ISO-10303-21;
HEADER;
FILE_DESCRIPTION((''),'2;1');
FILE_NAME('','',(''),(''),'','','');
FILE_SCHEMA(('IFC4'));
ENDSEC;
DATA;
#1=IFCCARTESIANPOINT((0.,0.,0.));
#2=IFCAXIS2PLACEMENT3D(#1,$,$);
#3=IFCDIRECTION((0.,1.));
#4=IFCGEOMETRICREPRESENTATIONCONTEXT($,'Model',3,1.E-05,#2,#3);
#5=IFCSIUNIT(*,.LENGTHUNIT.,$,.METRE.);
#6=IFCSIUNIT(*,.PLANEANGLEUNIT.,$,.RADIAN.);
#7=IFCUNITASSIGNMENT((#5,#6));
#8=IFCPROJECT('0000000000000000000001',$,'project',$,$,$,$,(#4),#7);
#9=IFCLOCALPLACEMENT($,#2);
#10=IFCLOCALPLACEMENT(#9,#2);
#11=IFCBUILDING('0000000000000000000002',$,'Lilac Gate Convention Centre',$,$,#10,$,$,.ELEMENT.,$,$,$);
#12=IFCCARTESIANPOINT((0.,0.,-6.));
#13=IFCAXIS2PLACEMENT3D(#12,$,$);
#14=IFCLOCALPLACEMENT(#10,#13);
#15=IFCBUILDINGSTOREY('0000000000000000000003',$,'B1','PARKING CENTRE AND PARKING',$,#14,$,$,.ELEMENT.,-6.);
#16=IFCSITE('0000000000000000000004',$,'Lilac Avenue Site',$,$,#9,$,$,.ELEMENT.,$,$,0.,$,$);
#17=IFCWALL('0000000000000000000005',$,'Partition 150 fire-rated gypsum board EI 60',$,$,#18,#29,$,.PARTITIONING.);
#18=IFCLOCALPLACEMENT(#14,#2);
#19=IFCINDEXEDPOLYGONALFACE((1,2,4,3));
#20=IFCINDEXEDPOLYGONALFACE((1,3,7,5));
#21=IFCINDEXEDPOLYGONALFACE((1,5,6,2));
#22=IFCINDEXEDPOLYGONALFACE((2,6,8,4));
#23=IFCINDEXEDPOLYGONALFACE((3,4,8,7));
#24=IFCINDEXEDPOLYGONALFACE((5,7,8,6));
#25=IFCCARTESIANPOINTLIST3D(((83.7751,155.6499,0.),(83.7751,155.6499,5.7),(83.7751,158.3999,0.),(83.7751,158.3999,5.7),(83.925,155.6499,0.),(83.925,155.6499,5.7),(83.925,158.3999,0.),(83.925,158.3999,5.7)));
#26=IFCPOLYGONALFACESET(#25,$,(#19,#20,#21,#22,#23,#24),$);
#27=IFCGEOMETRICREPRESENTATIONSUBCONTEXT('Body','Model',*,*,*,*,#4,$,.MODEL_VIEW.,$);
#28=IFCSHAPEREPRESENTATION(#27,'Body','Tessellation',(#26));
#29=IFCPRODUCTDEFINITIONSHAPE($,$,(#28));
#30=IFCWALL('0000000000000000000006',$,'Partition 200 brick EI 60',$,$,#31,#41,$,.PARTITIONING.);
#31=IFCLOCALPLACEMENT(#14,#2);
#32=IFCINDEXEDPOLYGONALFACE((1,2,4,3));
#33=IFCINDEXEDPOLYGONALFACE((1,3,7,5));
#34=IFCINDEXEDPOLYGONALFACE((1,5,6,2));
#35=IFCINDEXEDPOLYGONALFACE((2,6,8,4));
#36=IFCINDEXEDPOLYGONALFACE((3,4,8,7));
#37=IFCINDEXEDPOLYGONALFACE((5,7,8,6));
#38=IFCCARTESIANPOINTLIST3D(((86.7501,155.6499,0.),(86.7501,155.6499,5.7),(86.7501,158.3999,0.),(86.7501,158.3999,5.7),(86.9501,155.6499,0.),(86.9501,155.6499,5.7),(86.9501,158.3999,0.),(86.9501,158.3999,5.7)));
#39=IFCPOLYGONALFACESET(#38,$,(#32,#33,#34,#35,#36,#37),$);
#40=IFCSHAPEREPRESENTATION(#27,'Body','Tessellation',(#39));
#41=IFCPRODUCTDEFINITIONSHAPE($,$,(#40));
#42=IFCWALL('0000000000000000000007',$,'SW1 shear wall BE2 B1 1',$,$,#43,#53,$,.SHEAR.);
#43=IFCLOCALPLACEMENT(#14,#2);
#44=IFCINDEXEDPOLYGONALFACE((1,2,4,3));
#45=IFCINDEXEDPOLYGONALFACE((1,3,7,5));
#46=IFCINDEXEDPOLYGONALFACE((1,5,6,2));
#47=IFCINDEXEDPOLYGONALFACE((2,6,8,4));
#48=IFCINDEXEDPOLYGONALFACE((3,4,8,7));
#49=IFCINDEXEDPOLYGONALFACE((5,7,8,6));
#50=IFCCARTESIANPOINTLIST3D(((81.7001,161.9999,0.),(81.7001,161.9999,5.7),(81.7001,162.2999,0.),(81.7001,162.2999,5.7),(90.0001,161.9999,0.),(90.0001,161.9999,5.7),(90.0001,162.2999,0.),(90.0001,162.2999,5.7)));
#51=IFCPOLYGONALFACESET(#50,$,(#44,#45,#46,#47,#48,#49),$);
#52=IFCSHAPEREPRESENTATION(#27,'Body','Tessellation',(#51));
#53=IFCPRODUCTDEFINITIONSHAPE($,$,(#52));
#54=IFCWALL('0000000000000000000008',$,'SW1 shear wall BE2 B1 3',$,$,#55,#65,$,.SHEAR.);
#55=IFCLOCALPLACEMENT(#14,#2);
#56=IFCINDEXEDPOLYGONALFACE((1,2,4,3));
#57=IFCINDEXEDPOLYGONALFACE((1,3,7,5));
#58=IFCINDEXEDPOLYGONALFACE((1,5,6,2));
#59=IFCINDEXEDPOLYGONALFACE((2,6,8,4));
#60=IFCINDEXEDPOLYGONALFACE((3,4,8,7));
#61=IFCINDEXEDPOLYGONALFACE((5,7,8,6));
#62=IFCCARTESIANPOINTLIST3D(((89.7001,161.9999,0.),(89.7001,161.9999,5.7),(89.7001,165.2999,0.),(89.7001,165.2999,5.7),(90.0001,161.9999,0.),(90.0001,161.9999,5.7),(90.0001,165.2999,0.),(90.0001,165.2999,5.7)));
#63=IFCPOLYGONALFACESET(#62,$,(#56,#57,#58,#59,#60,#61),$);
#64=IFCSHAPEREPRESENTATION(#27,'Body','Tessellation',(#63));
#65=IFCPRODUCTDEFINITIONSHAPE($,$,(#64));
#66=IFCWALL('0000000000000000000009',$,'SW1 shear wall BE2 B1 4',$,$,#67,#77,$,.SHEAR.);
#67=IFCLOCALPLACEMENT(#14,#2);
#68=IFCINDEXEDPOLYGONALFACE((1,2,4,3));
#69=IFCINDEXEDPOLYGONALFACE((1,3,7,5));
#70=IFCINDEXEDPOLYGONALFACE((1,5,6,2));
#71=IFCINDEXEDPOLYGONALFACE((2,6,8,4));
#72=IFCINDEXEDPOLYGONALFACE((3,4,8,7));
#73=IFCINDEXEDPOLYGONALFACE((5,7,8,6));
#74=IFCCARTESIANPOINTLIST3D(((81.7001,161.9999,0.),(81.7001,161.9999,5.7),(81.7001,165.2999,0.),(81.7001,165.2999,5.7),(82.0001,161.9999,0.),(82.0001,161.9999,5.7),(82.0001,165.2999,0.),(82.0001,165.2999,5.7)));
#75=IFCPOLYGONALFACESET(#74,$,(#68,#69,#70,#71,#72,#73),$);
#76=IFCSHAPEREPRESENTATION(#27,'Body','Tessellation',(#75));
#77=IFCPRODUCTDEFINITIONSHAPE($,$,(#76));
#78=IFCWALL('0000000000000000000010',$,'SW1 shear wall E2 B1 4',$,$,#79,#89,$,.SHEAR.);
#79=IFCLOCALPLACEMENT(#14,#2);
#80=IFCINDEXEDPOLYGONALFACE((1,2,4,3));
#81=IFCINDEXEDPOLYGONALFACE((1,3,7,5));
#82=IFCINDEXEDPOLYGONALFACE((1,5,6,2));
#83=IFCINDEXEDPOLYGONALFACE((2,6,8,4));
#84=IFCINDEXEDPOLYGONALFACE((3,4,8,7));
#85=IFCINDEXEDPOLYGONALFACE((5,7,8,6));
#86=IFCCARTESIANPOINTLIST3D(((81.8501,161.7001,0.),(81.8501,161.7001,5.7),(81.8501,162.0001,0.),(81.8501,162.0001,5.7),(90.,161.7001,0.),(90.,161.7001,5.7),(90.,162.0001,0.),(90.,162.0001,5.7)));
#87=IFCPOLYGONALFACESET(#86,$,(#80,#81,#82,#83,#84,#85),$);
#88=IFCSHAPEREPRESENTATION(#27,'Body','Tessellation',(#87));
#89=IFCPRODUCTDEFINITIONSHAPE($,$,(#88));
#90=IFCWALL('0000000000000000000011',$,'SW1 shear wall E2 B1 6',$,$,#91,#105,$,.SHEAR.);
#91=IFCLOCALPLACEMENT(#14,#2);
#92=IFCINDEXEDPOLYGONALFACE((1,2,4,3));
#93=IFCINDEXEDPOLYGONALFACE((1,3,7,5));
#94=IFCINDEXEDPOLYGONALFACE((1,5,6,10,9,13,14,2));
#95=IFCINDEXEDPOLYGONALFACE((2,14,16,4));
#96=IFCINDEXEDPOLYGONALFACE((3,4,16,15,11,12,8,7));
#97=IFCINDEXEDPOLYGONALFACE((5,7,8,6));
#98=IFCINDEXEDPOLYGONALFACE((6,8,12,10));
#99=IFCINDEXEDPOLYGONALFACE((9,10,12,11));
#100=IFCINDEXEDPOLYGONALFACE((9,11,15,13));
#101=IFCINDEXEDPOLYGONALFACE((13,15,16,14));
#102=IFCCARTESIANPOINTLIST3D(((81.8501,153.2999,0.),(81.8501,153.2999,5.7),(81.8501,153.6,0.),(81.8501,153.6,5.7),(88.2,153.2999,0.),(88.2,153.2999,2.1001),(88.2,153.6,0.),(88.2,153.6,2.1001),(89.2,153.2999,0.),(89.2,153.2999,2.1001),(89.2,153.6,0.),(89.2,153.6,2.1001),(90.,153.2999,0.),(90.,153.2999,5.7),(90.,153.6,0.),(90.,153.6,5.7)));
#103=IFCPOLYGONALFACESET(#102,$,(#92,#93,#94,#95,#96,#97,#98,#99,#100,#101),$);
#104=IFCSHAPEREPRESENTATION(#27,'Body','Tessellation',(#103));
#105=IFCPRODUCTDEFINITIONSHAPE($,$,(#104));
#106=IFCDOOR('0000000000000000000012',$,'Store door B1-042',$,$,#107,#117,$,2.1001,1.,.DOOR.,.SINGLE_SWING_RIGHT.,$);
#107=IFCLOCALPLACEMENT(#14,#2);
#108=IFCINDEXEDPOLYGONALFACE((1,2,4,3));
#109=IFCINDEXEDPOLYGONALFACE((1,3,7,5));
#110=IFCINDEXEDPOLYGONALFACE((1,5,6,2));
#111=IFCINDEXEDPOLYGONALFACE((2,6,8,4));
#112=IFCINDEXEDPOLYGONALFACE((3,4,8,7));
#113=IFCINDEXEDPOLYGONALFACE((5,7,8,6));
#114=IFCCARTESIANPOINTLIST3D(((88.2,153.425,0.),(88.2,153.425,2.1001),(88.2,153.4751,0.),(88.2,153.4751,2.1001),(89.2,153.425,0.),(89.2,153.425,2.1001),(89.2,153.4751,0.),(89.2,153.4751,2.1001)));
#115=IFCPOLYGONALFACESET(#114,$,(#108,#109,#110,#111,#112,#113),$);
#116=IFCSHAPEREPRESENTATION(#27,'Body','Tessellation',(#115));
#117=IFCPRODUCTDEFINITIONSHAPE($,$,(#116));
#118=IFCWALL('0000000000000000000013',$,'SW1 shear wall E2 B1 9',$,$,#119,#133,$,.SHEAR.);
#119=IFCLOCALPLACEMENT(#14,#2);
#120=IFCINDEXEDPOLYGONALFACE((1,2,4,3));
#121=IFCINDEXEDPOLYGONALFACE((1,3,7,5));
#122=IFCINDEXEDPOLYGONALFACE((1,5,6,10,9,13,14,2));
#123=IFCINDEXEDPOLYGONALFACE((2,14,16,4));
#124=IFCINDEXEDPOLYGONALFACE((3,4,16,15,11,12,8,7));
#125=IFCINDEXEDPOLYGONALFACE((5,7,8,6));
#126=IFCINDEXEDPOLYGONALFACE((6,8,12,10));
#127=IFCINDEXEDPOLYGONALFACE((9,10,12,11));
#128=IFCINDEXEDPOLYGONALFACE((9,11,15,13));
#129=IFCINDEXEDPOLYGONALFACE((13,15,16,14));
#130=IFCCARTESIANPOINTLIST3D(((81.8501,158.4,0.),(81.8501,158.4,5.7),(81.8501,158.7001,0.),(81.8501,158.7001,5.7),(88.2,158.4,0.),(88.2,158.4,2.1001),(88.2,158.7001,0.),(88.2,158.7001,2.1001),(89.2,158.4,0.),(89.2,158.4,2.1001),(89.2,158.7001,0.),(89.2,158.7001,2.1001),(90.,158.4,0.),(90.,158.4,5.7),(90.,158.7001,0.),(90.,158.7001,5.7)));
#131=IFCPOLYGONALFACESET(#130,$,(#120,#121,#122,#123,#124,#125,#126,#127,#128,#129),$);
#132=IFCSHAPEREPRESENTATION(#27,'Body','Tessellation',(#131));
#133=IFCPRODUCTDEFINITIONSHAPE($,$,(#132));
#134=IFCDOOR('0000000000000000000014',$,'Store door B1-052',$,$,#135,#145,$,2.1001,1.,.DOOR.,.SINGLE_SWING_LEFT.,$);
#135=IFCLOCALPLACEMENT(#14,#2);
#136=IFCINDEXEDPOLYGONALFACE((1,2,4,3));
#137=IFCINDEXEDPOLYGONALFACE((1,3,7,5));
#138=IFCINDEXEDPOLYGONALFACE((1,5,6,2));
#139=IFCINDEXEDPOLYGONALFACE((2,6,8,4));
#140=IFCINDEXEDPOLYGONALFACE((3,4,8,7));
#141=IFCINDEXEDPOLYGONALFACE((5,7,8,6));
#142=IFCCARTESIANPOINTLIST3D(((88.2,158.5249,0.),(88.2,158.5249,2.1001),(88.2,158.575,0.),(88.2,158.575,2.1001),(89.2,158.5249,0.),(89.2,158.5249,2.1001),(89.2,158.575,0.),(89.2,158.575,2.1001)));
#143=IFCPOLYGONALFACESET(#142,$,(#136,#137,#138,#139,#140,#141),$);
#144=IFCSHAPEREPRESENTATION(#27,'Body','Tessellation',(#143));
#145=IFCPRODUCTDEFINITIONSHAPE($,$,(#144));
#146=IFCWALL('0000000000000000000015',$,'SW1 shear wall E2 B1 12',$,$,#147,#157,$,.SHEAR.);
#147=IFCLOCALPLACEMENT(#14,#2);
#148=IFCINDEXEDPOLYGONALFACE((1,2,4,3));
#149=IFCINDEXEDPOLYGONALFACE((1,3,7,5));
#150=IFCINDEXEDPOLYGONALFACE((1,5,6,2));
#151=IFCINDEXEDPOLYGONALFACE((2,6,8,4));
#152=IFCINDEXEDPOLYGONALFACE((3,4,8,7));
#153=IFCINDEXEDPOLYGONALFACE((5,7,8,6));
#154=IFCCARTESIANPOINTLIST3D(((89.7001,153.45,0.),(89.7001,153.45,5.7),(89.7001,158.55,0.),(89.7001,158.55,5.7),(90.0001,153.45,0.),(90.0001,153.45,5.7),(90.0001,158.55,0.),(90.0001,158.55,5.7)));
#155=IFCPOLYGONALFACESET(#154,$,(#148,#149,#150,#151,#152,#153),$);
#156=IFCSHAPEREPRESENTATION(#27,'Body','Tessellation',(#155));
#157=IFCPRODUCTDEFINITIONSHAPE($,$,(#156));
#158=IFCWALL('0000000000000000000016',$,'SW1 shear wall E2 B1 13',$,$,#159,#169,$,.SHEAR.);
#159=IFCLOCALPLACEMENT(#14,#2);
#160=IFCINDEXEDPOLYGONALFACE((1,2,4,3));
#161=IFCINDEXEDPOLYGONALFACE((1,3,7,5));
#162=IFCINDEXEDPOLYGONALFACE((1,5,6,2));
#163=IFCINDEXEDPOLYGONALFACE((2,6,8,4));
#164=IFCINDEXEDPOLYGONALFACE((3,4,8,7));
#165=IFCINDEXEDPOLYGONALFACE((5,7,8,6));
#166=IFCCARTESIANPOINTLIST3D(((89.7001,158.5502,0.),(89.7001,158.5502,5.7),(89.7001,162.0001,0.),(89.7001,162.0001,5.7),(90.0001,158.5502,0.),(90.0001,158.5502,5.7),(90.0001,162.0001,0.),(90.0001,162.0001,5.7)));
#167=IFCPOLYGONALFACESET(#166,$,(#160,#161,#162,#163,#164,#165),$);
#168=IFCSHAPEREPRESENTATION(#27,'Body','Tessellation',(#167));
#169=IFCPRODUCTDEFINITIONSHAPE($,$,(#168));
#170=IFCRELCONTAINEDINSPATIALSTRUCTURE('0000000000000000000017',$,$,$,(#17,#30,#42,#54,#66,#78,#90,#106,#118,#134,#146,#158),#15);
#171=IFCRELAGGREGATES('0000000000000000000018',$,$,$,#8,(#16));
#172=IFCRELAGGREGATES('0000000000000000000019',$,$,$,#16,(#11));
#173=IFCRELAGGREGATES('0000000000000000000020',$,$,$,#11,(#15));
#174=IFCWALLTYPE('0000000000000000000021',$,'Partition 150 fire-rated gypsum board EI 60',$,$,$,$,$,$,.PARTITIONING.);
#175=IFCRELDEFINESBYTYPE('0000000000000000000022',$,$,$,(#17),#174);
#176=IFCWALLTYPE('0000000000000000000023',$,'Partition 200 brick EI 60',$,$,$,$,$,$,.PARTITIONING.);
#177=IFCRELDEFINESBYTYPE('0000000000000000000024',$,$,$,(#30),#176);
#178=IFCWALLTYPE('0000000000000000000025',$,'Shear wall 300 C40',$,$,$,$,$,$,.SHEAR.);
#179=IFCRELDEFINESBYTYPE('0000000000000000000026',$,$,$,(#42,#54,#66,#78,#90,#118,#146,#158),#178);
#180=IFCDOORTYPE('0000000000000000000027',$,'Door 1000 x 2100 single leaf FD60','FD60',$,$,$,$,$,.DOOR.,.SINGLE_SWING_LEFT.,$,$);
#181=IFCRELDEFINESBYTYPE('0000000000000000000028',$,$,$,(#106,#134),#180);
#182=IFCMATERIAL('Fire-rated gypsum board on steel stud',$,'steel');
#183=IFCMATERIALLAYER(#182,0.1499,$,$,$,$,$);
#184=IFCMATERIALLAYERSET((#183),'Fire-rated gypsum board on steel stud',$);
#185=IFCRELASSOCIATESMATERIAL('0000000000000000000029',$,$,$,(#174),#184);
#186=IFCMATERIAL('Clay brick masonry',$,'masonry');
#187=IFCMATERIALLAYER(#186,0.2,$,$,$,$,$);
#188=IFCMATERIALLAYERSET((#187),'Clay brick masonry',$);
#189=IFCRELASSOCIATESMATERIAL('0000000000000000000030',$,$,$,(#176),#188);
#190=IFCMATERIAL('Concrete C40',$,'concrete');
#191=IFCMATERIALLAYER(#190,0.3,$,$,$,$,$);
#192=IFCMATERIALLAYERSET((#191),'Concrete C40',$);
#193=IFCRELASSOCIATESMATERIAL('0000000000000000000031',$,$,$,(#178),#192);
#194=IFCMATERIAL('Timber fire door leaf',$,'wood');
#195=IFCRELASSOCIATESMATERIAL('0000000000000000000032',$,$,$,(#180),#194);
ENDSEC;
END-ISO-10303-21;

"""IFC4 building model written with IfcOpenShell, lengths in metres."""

from ifc_helpers import new_model, si_unit, direction, frame, frame_2d, origin, place, context, subcontext, project, spatial, rectangle, extrude, material, layer, layer_set, type_object, element, fill, save


model = new_model("IFC4")

# Units and contexts
model_context = context("Model", 3, precision=1e-05, world=origin(), true_north=direction((0.0, 1.0)))
body_context = subcontext(model_context, "Body", "Model", "MODEL_VIEW")
ifc_project = project(units=[si_unit("LENGTHUNIT", "METRE"), si_unit("PLANEANGLEUNIT", "RADIAN")], contexts=[model_context])

# Site, building, storey
site_placement = place(None, origin())
site = spatial("IfcSite", under=ifc_project, at=site_placement, Name="Lilac Avenue Site", CompositionType="ELEMENT", RefElevation=0.0)
building_placement = place(site_placement, origin())
building = spatial("IfcBuilding", under=site, at=building_placement, Name="Lilac Gate Convention Centre", CompositionType="ELEMENT")
storey_placement = place(building_placement, frame((0.0, 0.0, -6.0)))
storey = spatial("IfcBuildingStorey", under=building, at=storey_placement, Name="B1", Description="PARKING CENTRE AND PARKING", CompositionType="ELEMENT", Elevation=-6.0)

# Walls
ifc_material_1 = material(Name="Fire-rated gypsum board on steel stud", Category="steel")
ifc_layer_1 = layer(ifc_material_1, 0.1499)
ifc_layer_set_1 = layer_set([ifc_layer_1], Name="Fire-rated gypsum board on steel stud")
wall_type_1 = type_object("IfcWallType", Name="Partition 150 fire-rated gypsum board EI 60", PredefinedType="PARTITIONING", material=ifc_layer_set_1)
wall_1_placement = place(storey_placement, frame((83.8501, 155.6499, 0.0), z_axis=(0.0, 0.0, 1.0), x_axis=(0.0, 1.0, 0.0)))
element("IfcWall", 1, at=wall_1_placement, inside=storey, type_object=wall_type_1, Name="Partition 150 fire-rated gypsum board EI 60", PredefinedType="PARTITIONING", context=body_context, shape_type="SweptSolid", body=[
    extrude(rectangle(XDim=2.75, YDim=0.1499, at=frame_2d((1.375, 0.0))), origin(), (0.0, 0.0, 1.0), 5.7),
])
ifc_material_2 = material(Name="Clay brick masonry", Category="masonry")
ifc_layer_2 = layer(ifc_material_2, 0.2)
ifc_layer_set_2 = layer_set([ifc_layer_2], Name="Clay brick masonry")
wall_type_2 = type_object("IfcWallType", Name="Partition 200 brick EI 60", PredefinedType="PARTITIONING", material=ifc_layer_set_2)
wall_2_placement = place(storey_placement, frame((86.8501, 155.6499, 0.0), z_axis=(0.0, 0.0, 1.0), x_axis=(0.0, 1.0, 0.0)))
element("IfcWall", 2, at=wall_2_placement, inside=storey, type_object=wall_type_2, Name="Partition 200 brick EI 60", PredefinedType="PARTITIONING", context=body_context, shape_type="SweptSolid", body=[
    extrude(rectangle(XDim=2.75, YDim=0.2, at=frame_2d((1.375, 0.0))), origin(), (0.0, 0.0, 1.0), 5.7),
])
ifc_material_3 = material(Name="Concrete C40", Category="concrete")
ifc_layer_3 = layer(ifc_material_3, 0.3)
ifc_layer_set_3 = layer_set([ifc_layer_3], Name="Concrete C40")
wall_type_3 = type_object("IfcWallType", Name="Shear wall 300 C40", PredefinedType="SHEAR", material=ifc_layer_set_3)
wall_3_placement = place(storey_placement, frame((90.0, 162.1499, 0.0), z_axis=(0.0, 0.0, 1.0), x_axis=(-1.0, 0.0, 0.0)))
element("IfcWall", 3, at=wall_3_placement, inside=storey, type_object=wall_type_3, Name="SW1 shear wall BE2 B1 1", PredefinedType="SHEAR", context=body_context, shape_type="SweptSolid", body=[
    extrude(rectangle(XDim=8.3, YDim=0.3, at=frame_2d((4.1499, 0.0))), origin(), (0.0, 0.0, 1.0), 5.7),
])
for number, where, z_axis, x_axis, name in (
    (4, (89.8501, 162.0, 0.0), (0.0, 0.0, 1.0), (0.0, 1.0, 0.0), "SW1 shear wall BE2 B1 3"),
    (5, (81.8501, 162.0, 0.0), (0.0, 0.0, 1.0), (0.0, 1.0, 0.0), "SW1 shear wall BE2 B1 4"),
):
    element("IfcWall", number, at=place(storey_placement, frame(where, z_axis=z_axis, x_axis=x_axis)), inside=storey, type_object=wall_type_3, Name=name, PredefinedType="SHEAR", context=body_context, shape_type="SweptSolid", body=[
        extrude(rectangle(XDim=3.3, YDim=0.3, at=frame_2d((1.6499, 0.0))), origin(), (0.0, 0.0, 1.0), 5.7),
    ])
wall_4_placement = place(storey_placement, frame((90.0, 161.8501, 0.0), z_axis=(0.0, 0.0, 1.0), x_axis=(-1.0, 0.0, 0.0)))
element("IfcWall", 6, at=wall_4_placement, inside=storey, type_object=wall_type_3, Name="SW1 shear wall E2 B1 4", PredefinedType="SHEAR", context=body_context, shape_type="SweptSolid", body=[
    extrude(rectangle(XDim=8.1499, YDim=0.3, at=frame_2d((4.075, 0.0))), origin(), (0.0, 0.0, 1.0), 5.7),
])

# Walls, openings, doors
wall_5_placement = place(storey_placement, frame((90.0, 153.45, 0.0), z_axis=(0.0, 0.0, 1.0), x_axis=(-1.0, 0.0, 0.0)))
wall_5 = element("IfcWall", 7, at=wall_5_placement, inside=storey, type_object=wall_type_3, Name="SW1 shear wall E2 B1 6", PredefinedType="SHEAR", context=body_context, shape_type="SweptSolid", body=[
    extrude(rectangle(XDim=8.1499, YDim=0.3, at=frame_2d((4.075, 0.0))), origin(), (0.0, 0.0, 1.0), 5.7),
])
opening_1_placement = place(wall_5_placement, frame((0.8, 0.0, 0.0)))
opening_1 = element("IfcOpeningElement", 8, at=opening_1_placement, cuts=wall_5, PredefinedType="OPENING", context=body_context, shape_type="SweptSolid", body=[
    extrude(rectangle(XDim=1.0, YDim=2.1001, at=frame_2d((0.5, 1.05))), frame((0.0, 0.1599, 0.0), z_axis=(0.0, -1.0, 0.0), x_axis=(1.0, 0.0, 0.0)), (0.0, 0.0, 1.0), 0.3201),
])
ifc_material_4 = material(Name="Timber fire door leaf", Category="wood")
door_type = type_object("IfcDoorType", Name="Door 1000 x 2100 single leaf FD60", Description="FD60", OperationType="SINGLE_SWING_LEFT", PredefinedType="DOOR", material=ifc_material_4)
door_1_placement = place(opening_1_placement, origin())
door_1 = element("IfcDoor", 9, at=door_1_placement, inside=storey, type_object=door_type, Name="Store door B1-042", OperationType="SINGLE_SWING_RIGHT", OverallHeight=2.1001, OverallWidth=1.0, PredefinedType="DOOR", context=body_context, shape_type="SweptSolid", body=[
    extrude(rectangle(XDim=1.0, YDim=2.1001, at=frame_2d((0.5, 1.05))), frame((0.0, 0.0249, 0.0), z_axis=(0.0, -1.0, 0.0), x_axis=(1.0, 0.0, 0.0)), (0.0, 0.0, 1.0), 0.05),
])
fill(opening_1, door_1)
wall_6_placement = place(storey_placement, frame((90.0, 158.55, 0.0), z_axis=(0.0, 0.0, 1.0), x_axis=(-1.0, 0.0, 0.0)))
wall_6 = element("IfcWall", 10, at=wall_6_placement, inside=storey, type_object=wall_type_3, Name="SW1 shear wall E2 B1 9", PredefinedType="SHEAR", context=body_context, shape_type="SweptSolid", body=[
    extrude(rectangle(XDim=8.1499, YDim=0.3, at=frame_2d((4.075, 0.0))), origin(), (0.0, 0.0, 1.0), 5.7),
])
opening_2_placement = place(wall_6_placement, frame((0.8, 0.0, 0.0)))
opening_2 = element("IfcOpeningElement", 11, at=opening_2_placement, cuts=wall_6, PredefinedType="OPENING", context=body_context, shape_type="SweptSolid", body=[
    extrude(rectangle(XDim=1.0, YDim=2.1001, at=frame_2d((0.5, 1.05))), frame((0.0, 0.1599, 0.0), z_axis=(0.0, -1.0, 0.0), x_axis=(1.0, 0.0, 0.0)), (0.0, 0.0, 1.0), 0.3201),
])
door_2_placement = place(opening_2_placement, frame((1.0, 0.0, 0.0), z_axis=(0.0, 0.0, 1.0), x_axis=(-1.0, 0.0, 0.0)))
door_2 = element("IfcDoor", 12, at=door_2_placement, inside=storey, type_object=door_type, Name="Store door B1-052", OperationType="SINGLE_SWING_LEFT", OverallHeight=2.1001, OverallWidth=1.0, PredefinedType="DOOR", context=body_context, shape_type="SweptSolid", body=[
    extrude(rectangle(XDim=1.0, YDim=2.1001, at=frame_2d((0.5, 1.05))), frame((0.0, 0.0249, 0.0), z_axis=(0.0, -1.0, 0.0), x_axis=(1.0, 0.0, 0.0)), (0.0, 0.0, 1.0), 0.05),
])
fill(opening_2, door_2)

# Walls
wall_7_placement = place(storey_placement, frame((89.8501, 153.45, 0.0), z_axis=(0.0, 0.0, 1.0), x_axis=(0.0, 1.0, 0.0)))
element("IfcWall", 13, at=wall_7_placement, inside=storey, type_object=wall_type_3, Name="SW1 shear wall E2 B1 12", PredefinedType="SHEAR", context=body_context, shape_type="SweptSolid", body=[
    extrude(rectangle(XDim=5.1001, YDim=0.3, at=frame_2d((2.55, 0.0))), origin(), (0.0, 0.0, 1.0), 5.7),
])
wall_8_placement = place(storey_placement, frame((89.8501, 158.55, 0.0), z_axis=(0.0, 0.0, 1.0), x_axis=(0.0, 1.0, 0.0)))
element("IfcWall", 14, at=wall_8_placement, inside=storey, type_object=wall_type_3, Name="SW1 shear wall E2 B1 13", PredefinedType="SHEAR", context=body_context, shape_type="SweptSolid", body=[
    extrude(rectangle(XDim=3.45, YDim=0.3, at=frame_2d((1.7251, 0.0))), origin(), (0.0, 0.0, 1.0), 5.7),
])

save(model, "model.ifc")
